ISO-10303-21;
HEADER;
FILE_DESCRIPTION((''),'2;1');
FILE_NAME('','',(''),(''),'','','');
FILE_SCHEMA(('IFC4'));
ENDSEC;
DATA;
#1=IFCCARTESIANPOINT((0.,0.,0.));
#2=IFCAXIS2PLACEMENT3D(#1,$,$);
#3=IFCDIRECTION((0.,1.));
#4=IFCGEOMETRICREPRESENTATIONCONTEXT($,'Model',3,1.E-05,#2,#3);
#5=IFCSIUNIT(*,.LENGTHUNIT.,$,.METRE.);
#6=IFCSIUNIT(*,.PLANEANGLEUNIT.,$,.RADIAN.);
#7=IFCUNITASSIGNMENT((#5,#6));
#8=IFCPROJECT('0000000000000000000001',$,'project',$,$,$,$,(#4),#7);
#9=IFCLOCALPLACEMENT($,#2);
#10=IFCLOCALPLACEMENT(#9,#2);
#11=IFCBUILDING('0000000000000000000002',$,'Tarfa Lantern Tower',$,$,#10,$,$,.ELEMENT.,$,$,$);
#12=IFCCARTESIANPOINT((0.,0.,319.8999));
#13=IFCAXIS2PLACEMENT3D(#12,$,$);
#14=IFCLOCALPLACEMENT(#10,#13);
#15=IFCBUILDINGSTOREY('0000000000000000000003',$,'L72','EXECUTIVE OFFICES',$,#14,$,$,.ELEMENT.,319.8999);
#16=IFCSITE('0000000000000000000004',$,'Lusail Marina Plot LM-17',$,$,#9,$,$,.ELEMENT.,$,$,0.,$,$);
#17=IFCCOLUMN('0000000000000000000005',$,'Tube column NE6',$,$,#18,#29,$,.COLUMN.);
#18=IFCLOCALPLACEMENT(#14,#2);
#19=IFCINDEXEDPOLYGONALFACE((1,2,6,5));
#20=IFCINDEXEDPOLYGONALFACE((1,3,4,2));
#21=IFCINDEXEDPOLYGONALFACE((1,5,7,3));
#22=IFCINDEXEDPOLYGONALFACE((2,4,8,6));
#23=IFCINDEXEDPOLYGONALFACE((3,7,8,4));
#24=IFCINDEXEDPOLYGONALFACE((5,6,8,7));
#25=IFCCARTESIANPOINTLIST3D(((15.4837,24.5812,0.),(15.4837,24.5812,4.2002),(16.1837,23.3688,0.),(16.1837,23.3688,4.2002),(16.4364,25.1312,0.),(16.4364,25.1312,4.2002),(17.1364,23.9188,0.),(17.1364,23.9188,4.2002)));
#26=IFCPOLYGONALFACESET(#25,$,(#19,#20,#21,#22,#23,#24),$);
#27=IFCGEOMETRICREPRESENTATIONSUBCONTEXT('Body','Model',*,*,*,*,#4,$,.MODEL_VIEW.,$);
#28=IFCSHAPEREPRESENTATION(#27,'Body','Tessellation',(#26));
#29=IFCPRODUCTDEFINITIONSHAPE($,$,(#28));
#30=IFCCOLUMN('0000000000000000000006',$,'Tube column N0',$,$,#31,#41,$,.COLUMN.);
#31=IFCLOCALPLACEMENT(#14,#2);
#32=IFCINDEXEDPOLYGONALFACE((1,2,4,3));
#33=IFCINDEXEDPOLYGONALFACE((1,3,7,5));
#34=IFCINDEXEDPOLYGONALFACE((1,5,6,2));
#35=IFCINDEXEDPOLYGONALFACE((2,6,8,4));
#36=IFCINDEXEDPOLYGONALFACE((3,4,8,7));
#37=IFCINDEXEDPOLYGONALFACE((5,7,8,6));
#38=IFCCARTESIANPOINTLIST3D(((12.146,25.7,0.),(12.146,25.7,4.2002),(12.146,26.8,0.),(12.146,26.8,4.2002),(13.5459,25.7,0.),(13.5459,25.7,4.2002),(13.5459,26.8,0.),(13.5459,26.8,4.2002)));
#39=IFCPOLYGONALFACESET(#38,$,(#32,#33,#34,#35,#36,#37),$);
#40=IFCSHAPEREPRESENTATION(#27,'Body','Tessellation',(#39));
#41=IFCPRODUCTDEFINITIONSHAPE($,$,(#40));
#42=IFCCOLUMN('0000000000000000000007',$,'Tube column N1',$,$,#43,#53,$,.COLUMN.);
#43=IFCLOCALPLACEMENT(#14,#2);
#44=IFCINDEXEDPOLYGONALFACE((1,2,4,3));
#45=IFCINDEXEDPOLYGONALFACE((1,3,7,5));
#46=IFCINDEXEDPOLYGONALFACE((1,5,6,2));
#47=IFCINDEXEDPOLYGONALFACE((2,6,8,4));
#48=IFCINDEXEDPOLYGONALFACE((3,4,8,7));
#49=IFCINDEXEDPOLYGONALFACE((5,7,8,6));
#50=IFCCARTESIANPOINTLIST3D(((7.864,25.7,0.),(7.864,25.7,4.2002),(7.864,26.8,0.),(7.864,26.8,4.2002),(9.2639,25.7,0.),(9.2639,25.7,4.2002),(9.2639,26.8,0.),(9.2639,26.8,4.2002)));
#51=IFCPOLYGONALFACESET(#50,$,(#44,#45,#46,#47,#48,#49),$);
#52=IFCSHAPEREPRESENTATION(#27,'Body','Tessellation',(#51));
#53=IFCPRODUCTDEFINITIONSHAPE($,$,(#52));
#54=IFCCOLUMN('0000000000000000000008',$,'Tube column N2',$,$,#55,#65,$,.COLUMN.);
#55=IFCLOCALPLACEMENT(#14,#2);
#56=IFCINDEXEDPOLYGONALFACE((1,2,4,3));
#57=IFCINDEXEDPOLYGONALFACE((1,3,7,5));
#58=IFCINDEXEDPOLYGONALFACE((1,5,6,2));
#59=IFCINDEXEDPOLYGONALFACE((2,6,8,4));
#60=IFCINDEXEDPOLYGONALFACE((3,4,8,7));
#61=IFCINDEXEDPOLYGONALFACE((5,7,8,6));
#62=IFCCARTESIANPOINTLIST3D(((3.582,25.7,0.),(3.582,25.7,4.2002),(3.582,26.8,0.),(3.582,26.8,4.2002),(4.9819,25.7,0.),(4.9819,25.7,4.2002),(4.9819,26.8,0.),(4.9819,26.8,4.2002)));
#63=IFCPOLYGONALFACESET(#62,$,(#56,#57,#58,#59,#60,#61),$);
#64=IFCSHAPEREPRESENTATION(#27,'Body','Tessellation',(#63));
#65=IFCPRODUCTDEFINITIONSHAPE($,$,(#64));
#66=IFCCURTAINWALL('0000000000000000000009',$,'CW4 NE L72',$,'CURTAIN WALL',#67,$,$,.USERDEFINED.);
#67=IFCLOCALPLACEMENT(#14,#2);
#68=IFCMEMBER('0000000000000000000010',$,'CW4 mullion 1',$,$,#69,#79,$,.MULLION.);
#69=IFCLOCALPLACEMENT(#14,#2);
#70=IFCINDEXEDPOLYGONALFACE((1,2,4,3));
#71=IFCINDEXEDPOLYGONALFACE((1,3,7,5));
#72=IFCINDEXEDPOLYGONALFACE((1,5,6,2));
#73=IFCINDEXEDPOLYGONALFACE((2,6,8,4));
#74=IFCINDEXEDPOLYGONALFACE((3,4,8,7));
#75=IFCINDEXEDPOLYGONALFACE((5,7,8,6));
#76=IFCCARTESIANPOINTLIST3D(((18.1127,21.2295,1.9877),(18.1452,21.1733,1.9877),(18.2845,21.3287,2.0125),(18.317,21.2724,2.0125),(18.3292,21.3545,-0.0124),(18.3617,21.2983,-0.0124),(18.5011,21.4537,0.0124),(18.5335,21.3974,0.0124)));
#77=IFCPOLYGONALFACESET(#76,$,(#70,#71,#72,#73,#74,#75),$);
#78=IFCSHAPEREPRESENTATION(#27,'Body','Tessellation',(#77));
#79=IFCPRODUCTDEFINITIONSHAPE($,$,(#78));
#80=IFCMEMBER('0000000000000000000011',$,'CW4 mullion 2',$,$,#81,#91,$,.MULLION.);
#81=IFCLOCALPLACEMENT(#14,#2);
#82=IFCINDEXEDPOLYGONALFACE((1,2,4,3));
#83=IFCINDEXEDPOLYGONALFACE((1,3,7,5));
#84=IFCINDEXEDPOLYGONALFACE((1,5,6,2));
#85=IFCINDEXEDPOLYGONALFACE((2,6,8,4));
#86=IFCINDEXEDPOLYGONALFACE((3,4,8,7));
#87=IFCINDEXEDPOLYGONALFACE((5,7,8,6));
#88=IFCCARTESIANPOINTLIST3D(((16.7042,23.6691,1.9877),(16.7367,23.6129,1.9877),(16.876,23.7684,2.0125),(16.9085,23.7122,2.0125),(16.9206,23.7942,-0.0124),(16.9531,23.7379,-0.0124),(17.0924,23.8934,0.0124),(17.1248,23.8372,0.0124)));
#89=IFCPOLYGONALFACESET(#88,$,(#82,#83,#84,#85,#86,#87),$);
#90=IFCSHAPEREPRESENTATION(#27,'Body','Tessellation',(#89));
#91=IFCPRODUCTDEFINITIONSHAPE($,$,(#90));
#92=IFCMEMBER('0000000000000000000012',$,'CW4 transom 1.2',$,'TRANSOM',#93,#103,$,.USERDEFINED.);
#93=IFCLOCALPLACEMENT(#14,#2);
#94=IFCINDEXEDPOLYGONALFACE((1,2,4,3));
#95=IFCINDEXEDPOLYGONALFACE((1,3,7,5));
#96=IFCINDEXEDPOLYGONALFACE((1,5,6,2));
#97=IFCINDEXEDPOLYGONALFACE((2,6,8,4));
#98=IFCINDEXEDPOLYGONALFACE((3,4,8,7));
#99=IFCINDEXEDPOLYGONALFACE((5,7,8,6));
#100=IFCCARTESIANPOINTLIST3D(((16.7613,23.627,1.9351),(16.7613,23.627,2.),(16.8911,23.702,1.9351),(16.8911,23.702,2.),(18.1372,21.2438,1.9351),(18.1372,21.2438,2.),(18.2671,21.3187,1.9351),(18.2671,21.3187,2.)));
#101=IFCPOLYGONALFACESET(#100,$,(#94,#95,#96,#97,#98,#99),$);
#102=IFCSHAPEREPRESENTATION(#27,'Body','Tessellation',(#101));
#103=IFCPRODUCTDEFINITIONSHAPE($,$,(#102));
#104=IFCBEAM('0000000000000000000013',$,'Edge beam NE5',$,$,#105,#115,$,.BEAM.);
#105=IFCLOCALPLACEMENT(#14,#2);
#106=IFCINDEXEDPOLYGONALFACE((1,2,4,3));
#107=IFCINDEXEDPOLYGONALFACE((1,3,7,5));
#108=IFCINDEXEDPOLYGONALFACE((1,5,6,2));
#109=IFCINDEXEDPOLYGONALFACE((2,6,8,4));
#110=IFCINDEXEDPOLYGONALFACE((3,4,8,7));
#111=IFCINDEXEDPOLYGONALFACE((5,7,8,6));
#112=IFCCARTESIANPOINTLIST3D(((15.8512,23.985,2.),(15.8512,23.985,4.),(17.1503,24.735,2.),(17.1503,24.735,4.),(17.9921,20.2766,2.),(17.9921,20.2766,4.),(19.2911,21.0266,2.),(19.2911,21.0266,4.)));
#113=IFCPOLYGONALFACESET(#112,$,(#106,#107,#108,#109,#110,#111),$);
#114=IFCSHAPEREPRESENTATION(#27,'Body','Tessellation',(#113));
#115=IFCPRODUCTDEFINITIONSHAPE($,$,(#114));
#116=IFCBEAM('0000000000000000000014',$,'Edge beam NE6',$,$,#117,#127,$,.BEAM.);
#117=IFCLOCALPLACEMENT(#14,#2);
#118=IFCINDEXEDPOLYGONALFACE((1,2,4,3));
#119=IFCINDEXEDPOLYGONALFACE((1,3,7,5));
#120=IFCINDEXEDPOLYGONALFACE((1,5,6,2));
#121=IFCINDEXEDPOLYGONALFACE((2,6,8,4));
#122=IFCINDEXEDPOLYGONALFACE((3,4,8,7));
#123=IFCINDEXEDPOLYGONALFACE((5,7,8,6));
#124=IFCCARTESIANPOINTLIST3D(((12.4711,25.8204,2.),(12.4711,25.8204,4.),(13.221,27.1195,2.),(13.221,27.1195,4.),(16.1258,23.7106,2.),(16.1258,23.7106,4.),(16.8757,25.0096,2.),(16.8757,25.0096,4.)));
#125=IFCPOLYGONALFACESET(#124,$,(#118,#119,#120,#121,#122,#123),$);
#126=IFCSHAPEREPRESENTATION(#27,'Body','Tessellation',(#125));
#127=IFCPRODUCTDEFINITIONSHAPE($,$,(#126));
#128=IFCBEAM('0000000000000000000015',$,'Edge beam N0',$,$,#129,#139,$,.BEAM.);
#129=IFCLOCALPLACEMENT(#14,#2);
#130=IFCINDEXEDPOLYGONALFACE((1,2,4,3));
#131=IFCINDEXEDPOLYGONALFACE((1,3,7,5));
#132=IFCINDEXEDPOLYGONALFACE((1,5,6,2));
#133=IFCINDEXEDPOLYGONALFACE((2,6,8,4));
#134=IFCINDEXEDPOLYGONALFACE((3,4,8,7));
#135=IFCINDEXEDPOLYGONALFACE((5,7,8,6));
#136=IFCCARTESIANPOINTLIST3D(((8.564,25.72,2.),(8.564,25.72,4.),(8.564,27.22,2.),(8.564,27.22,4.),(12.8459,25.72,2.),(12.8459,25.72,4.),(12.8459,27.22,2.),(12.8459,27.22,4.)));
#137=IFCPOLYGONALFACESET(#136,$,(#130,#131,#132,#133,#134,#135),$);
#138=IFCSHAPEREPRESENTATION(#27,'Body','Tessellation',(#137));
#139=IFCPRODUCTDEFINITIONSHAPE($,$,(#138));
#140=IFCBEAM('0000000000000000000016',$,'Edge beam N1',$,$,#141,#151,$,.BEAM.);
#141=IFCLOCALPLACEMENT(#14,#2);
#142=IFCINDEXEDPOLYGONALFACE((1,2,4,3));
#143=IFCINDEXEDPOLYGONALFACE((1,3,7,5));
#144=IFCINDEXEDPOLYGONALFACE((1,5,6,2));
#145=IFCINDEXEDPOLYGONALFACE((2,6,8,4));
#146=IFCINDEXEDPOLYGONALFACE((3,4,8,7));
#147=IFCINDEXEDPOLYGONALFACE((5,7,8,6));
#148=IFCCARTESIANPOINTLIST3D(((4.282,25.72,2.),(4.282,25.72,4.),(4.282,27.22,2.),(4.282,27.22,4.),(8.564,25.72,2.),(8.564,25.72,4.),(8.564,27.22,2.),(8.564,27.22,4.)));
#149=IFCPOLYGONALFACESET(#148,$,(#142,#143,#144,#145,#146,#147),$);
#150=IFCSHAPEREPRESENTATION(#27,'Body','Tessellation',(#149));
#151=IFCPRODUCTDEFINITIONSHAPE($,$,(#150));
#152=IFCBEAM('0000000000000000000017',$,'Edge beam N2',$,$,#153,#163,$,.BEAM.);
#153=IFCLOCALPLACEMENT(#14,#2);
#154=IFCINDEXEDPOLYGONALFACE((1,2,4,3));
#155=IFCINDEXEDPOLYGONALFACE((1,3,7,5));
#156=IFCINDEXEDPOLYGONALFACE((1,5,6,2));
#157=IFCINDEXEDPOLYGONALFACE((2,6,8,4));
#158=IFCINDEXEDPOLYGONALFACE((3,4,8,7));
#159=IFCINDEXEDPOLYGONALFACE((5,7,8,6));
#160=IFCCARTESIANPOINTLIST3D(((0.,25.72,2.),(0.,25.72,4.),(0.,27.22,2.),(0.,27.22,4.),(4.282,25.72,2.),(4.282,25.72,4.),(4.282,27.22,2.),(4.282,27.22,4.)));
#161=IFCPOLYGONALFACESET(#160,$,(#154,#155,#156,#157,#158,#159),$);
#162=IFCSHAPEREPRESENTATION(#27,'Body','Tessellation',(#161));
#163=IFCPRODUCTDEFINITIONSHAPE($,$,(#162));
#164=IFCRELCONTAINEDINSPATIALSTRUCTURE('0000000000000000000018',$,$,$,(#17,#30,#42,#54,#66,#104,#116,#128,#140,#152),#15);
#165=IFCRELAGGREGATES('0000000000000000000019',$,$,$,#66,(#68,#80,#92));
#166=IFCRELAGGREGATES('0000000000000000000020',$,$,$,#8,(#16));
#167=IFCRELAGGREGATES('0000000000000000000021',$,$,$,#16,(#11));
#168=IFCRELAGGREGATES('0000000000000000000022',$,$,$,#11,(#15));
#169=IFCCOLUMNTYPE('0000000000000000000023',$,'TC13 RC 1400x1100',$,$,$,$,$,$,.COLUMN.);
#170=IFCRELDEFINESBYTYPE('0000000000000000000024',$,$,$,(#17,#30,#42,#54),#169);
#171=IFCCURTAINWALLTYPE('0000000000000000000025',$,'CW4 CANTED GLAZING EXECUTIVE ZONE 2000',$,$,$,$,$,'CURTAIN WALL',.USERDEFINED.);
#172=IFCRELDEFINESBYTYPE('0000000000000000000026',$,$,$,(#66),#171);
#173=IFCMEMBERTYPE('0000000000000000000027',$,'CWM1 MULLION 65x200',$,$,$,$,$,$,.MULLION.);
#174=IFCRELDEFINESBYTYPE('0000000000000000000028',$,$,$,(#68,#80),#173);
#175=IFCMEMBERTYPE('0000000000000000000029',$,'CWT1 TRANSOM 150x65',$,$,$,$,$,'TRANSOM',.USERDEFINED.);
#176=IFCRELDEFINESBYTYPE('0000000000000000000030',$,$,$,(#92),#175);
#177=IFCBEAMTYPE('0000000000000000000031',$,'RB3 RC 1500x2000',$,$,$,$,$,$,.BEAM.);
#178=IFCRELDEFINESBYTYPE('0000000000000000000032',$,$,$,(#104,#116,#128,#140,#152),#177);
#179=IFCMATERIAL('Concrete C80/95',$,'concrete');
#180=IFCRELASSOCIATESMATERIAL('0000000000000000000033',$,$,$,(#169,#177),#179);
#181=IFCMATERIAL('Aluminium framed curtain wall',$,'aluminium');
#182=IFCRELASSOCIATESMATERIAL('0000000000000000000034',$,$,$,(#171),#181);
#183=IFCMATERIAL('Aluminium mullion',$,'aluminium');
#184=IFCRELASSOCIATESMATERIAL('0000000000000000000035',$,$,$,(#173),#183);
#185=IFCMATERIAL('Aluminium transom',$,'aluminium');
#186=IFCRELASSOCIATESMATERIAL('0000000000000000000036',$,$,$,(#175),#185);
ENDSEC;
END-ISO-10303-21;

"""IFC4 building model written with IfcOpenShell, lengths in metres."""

from ifc_helpers import new_model, si_unit, direction, frame, origin, origin_2d, place, context, subcontext, project, spatial, rectangle, extrude, material, material_profile, profile_set, type_object, element, aggregate, save


model = new_model("IFC4")

# Units and contexts
model_context = context("Model", 3, precision=1e-05, world=origin(), true_north=direction((0.0, 1.0)))
body_context = subcontext(model_context, "Body", "Model", "MODEL_VIEW")
ifc_project = project(units=[si_unit("LENGTHUNIT", "METRE"), si_unit("PLANEANGLEUNIT", "RADIAN")], contexts=[model_context])

# Site, building, storey
site_placement = place(None, origin())
site = spatial("IfcSite", under=ifc_project, at=site_placement, Name="Lusail Marina Plot LM-17", CompositionType="ELEMENT", RefElevation=0.0)
building_placement = place(site_placement, origin())
building = spatial("IfcBuilding", under=site, at=building_placement, Name="Tarfa Lantern Tower", CompositionType="ELEMENT")
storey_placement = place(building_placement, frame((0.0, 0.0, 319.8999)))
storey = spatial("IfcBuildingStorey", under=building, at=storey_placement, Name="L72", Description="EXECUTIVE OFFICES", CompositionType="ELEMENT", Elevation=319.8999)

# Columns
ifc_material_1 = material(Name="Concrete C80/95", Category="concrete")
ifc_material_profile_1 = material_profile(ifc_material_1, rectangle(XDim=1.3999, YDim=1.1001, at=origin_2d()), Name="RC 1400x1100")
ifc_profile_set_1 = profile_set([ifc_material_profile_1], Name="Concrete C80/95")
column_type = type_object("IfcColumnType", Name="TC13 RC 1400x1100", PredefinedType="COLUMN", material=ifc_profile_set_1)
for number, where, z_axis, x_axis, name in (
    (1, (16.3101, 24.25, 0.0), (0.0, 0.0, 1.0), (-0.5, 0.866025, 0.0), "Tube column NE6"),
    (2, (12.8459, 26.25, 0.0), (0.0, 0.0, 1.0), (-1.0, 0.0, 0.0), "Tube column N0"),
    (3, (8.564, 26.25, 0.0), (0.0, 0.0, 1.0), (-1.0, 0.0, 0.0), "Tube column N1"),
    (4, (4.282, 26.25, 0.0), (0.0, 0.0, 1.0), (-1.0, 0.0, 0.0), "Tube column N2"),
):
    element("IfcColumn", number, at=place(storey_placement, frame(where, z_axis=z_axis, x_axis=x_axis)), inside=storey, type_object=column_type, Name=name, PredefinedType="COLUMN", context=body_context, shape_type="SweptSolid", body=[
        extrude(rectangle(XDim=1.3999, YDim=1.1001, at=origin_2d()), origin(), (0.0, 0.0, 1.0), 4.2002),
    ])

# Curtain wall, members
ifc_material_2 = material(Name="Aluminium framed curtain wall", Category="aluminium")
curtain_wall_type = type_object("IfcCurtainWallType", Name="CW4 CANTED GLAZING EXECUTIVE ZONE 2000", ElementType="CURTAIN WALL", PredefinedType="USERDEFINED", material=ifc_material_2)
curtain_wall_placement = place(storey_placement, origin())
curtain_wall = element("IfcCurtainWall", 5, at=curtain_wall_placement, inside=storey, type_object=curtain_wall_type, Name="CW4 NE L72", ObjectType="CURTAIN WALL", PredefinedType="USERDEFINED")
ifc_material_3 = material(Name="Aluminium mullion", Category="aluminium")
ifc_material_profile_2 = material_profile(ifc_material_3, rectangle(XDim=0.0649, YDim=0.2, at=origin_2d()), Name="AL MULLION 65x200")
ifc_profile_set_2 = profile_set([ifc_material_profile_2], Name="Aluminium mullion")
member_type_1 = type_object("IfcMemberType", Name="CWM1 MULLION 65x200", PredefinedType="MULLION", material=ifc_profile_set_2)
member_1_placement = place(storey_placement, frame((18.4314, 21.376, 0.0), z_axis=(-0.10744, -0.062017, 0.992275), x_axis=(0.49992, -0.866072, 0.0)))
member_1 = element("IfcMember", 6, at=member_1_placement, type_object=member_type_1, Name="CW4 mullion 1", PredefinedType="MULLION", context=body_context, shape_type="SweptSolid", body=[
    extrude(rectangle(XDim=0.0649, YDim=0.2, at=origin_2d()), origin(), (0.0, 0.0, 1.0), 2.0156),
])
member_2_placement = place(storey_placement, frame((17.0227, 23.8157, 0.0), z_axis=(-0.10732, -0.062018, 0.992288), x_axis=(0.500343, -0.865827, 0.0)))
member_2 = element("IfcMember", 7, at=member_2_placement, type_object=member_type_1, Name="CW4 mullion 2", PredefinedType="MULLION", context=body_context, shape_type="SweptSolid", body=[
    extrude(rectangle(XDim=0.0649, YDim=0.2, at=origin_2d()), origin(), (0.0, 0.0, 1.0), 2.0156),
])
ifc_material_4 = material(Name="Aluminium transom", Category="aluminium")
ifc_material_profile_3 = material_profile(ifc_material_4, rectangle(XDim=0.1499, YDim=0.0649, at=origin_2d()), Name="AL TRANSOM 150x65")
ifc_profile_set_3 = profile_set([ifc_material_profile_3], Name="Aluminium transom")
member_type_2 = type_object("IfcMemberType", Name="CWT1 TRANSOM 150x65", ElementType="TRANSOM", PredefinedType="USERDEFINED", material=ifc_profile_set_3)
member_3_placement = place(storey_placement, frame((18.2021, 21.2812, 1.9675), z_axis=(-0.499994, 0.866029, 0.0), x_axis=(-0.866029, -0.499994, 0.0)))
member_3 = element("IfcMember", 8, at=member_3_placement, type_object=member_type_2, Name="CW4 transom 1.2", ObjectType="TRANSOM", PredefinedType="USERDEFINED", context=body_context, shape_type="SweptSolid", body=[
    extrude(rectangle(XDim=0.1499, YDim=0.0649, at=origin_2d()), origin(), (0.0, 0.0, 1.0), 2.752),
])

# Beams
ifc_material_profile_4 = material_profile(ifc_material_1, rectangle(XDim=1.5, YDim=2.0, at=origin_2d()), Name="RC 1500x2000")
ifc_profile_set_4 = profile_set([ifc_material_profile_4], Name="Concrete C80/95")
beam_type_1 = type_object("IfcBeamType", Name="RB3 RC 1500x2000", PredefinedType="BEAM", material=ifc_profile_set_4)
beam_1_placement = place(storey_placement, frame((18.6416, 20.6516, 3.0), z_axis=(-0.499959, 0.866049, 0.0), x_axis=(-0.866049, -0.499959, 0.0)))
element("IfcBeam", 9, at=beam_1_placement, inside=storey, type_object=beam_type_1, Name="Edge beam NE5", PredefinedType="BEAM", context=body_context, shape_type="SweptSolid", body=[
    extrude(rectangle(XDim=1.5, YDim=2.0, at=origin_2d()), origin(), (0.0, 0.0, 1.0), 4.282),
])
beam_2_placement = place(storey_placement, frame((16.5007, 24.3601, 3.0), z_axis=(-0.866049, 0.499959, 0.0), x_axis=(-0.499959, -0.866049, 0.0)))
element("IfcBeam", 10, at=beam_2_placement, inside=storey, type_object=beam_type_1, Name="Edge beam NE6", PredefinedType="BEAM", context=body_context, shape_type="SweptSolid", body=[
    extrude(rectangle(XDim=1.5, YDim=2.0, at=origin_2d()), origin(), (0.0, 0.0, 1.0), 4.22),
])
for number, where, z_axis, x_axis, name in (
    (11, (12.8459, 26.47, 3.0), (-1.0, 0.0, 0.0), (0.0, -1.0, 0.0), "Edge beam N0"),
    (12, (8.564, 26.47, 3.0), (-1.0, 0.0, 0.0), (0.0, -1.0, 0.0), "Edge beam N1"),
    (13, (4.282, 26.47, 3.0), (-1.0, 0.0, 0.0), (0.0, -1.0, 0.0), "Edge beam N2"),
):
    element("IfcBeam", number, at=place(storey_placement, frame(where, z_axis=z_axis, x_axis=x_axis)), inside=storey, type_object=beam_type_1, Name=name, PredefinedType="BEAM", context=body_context, shape_type="SweptSolid", body=[
        extrude(rectangle(XDim=1.5, YDim=2.0, at=origin_2d()), origin(), (0.0, 0.0, 1.0), 4.282),
    ])

aggregate(curtain_wall, [member_1, member_2, member_3])

save(model, "model.ifc")
